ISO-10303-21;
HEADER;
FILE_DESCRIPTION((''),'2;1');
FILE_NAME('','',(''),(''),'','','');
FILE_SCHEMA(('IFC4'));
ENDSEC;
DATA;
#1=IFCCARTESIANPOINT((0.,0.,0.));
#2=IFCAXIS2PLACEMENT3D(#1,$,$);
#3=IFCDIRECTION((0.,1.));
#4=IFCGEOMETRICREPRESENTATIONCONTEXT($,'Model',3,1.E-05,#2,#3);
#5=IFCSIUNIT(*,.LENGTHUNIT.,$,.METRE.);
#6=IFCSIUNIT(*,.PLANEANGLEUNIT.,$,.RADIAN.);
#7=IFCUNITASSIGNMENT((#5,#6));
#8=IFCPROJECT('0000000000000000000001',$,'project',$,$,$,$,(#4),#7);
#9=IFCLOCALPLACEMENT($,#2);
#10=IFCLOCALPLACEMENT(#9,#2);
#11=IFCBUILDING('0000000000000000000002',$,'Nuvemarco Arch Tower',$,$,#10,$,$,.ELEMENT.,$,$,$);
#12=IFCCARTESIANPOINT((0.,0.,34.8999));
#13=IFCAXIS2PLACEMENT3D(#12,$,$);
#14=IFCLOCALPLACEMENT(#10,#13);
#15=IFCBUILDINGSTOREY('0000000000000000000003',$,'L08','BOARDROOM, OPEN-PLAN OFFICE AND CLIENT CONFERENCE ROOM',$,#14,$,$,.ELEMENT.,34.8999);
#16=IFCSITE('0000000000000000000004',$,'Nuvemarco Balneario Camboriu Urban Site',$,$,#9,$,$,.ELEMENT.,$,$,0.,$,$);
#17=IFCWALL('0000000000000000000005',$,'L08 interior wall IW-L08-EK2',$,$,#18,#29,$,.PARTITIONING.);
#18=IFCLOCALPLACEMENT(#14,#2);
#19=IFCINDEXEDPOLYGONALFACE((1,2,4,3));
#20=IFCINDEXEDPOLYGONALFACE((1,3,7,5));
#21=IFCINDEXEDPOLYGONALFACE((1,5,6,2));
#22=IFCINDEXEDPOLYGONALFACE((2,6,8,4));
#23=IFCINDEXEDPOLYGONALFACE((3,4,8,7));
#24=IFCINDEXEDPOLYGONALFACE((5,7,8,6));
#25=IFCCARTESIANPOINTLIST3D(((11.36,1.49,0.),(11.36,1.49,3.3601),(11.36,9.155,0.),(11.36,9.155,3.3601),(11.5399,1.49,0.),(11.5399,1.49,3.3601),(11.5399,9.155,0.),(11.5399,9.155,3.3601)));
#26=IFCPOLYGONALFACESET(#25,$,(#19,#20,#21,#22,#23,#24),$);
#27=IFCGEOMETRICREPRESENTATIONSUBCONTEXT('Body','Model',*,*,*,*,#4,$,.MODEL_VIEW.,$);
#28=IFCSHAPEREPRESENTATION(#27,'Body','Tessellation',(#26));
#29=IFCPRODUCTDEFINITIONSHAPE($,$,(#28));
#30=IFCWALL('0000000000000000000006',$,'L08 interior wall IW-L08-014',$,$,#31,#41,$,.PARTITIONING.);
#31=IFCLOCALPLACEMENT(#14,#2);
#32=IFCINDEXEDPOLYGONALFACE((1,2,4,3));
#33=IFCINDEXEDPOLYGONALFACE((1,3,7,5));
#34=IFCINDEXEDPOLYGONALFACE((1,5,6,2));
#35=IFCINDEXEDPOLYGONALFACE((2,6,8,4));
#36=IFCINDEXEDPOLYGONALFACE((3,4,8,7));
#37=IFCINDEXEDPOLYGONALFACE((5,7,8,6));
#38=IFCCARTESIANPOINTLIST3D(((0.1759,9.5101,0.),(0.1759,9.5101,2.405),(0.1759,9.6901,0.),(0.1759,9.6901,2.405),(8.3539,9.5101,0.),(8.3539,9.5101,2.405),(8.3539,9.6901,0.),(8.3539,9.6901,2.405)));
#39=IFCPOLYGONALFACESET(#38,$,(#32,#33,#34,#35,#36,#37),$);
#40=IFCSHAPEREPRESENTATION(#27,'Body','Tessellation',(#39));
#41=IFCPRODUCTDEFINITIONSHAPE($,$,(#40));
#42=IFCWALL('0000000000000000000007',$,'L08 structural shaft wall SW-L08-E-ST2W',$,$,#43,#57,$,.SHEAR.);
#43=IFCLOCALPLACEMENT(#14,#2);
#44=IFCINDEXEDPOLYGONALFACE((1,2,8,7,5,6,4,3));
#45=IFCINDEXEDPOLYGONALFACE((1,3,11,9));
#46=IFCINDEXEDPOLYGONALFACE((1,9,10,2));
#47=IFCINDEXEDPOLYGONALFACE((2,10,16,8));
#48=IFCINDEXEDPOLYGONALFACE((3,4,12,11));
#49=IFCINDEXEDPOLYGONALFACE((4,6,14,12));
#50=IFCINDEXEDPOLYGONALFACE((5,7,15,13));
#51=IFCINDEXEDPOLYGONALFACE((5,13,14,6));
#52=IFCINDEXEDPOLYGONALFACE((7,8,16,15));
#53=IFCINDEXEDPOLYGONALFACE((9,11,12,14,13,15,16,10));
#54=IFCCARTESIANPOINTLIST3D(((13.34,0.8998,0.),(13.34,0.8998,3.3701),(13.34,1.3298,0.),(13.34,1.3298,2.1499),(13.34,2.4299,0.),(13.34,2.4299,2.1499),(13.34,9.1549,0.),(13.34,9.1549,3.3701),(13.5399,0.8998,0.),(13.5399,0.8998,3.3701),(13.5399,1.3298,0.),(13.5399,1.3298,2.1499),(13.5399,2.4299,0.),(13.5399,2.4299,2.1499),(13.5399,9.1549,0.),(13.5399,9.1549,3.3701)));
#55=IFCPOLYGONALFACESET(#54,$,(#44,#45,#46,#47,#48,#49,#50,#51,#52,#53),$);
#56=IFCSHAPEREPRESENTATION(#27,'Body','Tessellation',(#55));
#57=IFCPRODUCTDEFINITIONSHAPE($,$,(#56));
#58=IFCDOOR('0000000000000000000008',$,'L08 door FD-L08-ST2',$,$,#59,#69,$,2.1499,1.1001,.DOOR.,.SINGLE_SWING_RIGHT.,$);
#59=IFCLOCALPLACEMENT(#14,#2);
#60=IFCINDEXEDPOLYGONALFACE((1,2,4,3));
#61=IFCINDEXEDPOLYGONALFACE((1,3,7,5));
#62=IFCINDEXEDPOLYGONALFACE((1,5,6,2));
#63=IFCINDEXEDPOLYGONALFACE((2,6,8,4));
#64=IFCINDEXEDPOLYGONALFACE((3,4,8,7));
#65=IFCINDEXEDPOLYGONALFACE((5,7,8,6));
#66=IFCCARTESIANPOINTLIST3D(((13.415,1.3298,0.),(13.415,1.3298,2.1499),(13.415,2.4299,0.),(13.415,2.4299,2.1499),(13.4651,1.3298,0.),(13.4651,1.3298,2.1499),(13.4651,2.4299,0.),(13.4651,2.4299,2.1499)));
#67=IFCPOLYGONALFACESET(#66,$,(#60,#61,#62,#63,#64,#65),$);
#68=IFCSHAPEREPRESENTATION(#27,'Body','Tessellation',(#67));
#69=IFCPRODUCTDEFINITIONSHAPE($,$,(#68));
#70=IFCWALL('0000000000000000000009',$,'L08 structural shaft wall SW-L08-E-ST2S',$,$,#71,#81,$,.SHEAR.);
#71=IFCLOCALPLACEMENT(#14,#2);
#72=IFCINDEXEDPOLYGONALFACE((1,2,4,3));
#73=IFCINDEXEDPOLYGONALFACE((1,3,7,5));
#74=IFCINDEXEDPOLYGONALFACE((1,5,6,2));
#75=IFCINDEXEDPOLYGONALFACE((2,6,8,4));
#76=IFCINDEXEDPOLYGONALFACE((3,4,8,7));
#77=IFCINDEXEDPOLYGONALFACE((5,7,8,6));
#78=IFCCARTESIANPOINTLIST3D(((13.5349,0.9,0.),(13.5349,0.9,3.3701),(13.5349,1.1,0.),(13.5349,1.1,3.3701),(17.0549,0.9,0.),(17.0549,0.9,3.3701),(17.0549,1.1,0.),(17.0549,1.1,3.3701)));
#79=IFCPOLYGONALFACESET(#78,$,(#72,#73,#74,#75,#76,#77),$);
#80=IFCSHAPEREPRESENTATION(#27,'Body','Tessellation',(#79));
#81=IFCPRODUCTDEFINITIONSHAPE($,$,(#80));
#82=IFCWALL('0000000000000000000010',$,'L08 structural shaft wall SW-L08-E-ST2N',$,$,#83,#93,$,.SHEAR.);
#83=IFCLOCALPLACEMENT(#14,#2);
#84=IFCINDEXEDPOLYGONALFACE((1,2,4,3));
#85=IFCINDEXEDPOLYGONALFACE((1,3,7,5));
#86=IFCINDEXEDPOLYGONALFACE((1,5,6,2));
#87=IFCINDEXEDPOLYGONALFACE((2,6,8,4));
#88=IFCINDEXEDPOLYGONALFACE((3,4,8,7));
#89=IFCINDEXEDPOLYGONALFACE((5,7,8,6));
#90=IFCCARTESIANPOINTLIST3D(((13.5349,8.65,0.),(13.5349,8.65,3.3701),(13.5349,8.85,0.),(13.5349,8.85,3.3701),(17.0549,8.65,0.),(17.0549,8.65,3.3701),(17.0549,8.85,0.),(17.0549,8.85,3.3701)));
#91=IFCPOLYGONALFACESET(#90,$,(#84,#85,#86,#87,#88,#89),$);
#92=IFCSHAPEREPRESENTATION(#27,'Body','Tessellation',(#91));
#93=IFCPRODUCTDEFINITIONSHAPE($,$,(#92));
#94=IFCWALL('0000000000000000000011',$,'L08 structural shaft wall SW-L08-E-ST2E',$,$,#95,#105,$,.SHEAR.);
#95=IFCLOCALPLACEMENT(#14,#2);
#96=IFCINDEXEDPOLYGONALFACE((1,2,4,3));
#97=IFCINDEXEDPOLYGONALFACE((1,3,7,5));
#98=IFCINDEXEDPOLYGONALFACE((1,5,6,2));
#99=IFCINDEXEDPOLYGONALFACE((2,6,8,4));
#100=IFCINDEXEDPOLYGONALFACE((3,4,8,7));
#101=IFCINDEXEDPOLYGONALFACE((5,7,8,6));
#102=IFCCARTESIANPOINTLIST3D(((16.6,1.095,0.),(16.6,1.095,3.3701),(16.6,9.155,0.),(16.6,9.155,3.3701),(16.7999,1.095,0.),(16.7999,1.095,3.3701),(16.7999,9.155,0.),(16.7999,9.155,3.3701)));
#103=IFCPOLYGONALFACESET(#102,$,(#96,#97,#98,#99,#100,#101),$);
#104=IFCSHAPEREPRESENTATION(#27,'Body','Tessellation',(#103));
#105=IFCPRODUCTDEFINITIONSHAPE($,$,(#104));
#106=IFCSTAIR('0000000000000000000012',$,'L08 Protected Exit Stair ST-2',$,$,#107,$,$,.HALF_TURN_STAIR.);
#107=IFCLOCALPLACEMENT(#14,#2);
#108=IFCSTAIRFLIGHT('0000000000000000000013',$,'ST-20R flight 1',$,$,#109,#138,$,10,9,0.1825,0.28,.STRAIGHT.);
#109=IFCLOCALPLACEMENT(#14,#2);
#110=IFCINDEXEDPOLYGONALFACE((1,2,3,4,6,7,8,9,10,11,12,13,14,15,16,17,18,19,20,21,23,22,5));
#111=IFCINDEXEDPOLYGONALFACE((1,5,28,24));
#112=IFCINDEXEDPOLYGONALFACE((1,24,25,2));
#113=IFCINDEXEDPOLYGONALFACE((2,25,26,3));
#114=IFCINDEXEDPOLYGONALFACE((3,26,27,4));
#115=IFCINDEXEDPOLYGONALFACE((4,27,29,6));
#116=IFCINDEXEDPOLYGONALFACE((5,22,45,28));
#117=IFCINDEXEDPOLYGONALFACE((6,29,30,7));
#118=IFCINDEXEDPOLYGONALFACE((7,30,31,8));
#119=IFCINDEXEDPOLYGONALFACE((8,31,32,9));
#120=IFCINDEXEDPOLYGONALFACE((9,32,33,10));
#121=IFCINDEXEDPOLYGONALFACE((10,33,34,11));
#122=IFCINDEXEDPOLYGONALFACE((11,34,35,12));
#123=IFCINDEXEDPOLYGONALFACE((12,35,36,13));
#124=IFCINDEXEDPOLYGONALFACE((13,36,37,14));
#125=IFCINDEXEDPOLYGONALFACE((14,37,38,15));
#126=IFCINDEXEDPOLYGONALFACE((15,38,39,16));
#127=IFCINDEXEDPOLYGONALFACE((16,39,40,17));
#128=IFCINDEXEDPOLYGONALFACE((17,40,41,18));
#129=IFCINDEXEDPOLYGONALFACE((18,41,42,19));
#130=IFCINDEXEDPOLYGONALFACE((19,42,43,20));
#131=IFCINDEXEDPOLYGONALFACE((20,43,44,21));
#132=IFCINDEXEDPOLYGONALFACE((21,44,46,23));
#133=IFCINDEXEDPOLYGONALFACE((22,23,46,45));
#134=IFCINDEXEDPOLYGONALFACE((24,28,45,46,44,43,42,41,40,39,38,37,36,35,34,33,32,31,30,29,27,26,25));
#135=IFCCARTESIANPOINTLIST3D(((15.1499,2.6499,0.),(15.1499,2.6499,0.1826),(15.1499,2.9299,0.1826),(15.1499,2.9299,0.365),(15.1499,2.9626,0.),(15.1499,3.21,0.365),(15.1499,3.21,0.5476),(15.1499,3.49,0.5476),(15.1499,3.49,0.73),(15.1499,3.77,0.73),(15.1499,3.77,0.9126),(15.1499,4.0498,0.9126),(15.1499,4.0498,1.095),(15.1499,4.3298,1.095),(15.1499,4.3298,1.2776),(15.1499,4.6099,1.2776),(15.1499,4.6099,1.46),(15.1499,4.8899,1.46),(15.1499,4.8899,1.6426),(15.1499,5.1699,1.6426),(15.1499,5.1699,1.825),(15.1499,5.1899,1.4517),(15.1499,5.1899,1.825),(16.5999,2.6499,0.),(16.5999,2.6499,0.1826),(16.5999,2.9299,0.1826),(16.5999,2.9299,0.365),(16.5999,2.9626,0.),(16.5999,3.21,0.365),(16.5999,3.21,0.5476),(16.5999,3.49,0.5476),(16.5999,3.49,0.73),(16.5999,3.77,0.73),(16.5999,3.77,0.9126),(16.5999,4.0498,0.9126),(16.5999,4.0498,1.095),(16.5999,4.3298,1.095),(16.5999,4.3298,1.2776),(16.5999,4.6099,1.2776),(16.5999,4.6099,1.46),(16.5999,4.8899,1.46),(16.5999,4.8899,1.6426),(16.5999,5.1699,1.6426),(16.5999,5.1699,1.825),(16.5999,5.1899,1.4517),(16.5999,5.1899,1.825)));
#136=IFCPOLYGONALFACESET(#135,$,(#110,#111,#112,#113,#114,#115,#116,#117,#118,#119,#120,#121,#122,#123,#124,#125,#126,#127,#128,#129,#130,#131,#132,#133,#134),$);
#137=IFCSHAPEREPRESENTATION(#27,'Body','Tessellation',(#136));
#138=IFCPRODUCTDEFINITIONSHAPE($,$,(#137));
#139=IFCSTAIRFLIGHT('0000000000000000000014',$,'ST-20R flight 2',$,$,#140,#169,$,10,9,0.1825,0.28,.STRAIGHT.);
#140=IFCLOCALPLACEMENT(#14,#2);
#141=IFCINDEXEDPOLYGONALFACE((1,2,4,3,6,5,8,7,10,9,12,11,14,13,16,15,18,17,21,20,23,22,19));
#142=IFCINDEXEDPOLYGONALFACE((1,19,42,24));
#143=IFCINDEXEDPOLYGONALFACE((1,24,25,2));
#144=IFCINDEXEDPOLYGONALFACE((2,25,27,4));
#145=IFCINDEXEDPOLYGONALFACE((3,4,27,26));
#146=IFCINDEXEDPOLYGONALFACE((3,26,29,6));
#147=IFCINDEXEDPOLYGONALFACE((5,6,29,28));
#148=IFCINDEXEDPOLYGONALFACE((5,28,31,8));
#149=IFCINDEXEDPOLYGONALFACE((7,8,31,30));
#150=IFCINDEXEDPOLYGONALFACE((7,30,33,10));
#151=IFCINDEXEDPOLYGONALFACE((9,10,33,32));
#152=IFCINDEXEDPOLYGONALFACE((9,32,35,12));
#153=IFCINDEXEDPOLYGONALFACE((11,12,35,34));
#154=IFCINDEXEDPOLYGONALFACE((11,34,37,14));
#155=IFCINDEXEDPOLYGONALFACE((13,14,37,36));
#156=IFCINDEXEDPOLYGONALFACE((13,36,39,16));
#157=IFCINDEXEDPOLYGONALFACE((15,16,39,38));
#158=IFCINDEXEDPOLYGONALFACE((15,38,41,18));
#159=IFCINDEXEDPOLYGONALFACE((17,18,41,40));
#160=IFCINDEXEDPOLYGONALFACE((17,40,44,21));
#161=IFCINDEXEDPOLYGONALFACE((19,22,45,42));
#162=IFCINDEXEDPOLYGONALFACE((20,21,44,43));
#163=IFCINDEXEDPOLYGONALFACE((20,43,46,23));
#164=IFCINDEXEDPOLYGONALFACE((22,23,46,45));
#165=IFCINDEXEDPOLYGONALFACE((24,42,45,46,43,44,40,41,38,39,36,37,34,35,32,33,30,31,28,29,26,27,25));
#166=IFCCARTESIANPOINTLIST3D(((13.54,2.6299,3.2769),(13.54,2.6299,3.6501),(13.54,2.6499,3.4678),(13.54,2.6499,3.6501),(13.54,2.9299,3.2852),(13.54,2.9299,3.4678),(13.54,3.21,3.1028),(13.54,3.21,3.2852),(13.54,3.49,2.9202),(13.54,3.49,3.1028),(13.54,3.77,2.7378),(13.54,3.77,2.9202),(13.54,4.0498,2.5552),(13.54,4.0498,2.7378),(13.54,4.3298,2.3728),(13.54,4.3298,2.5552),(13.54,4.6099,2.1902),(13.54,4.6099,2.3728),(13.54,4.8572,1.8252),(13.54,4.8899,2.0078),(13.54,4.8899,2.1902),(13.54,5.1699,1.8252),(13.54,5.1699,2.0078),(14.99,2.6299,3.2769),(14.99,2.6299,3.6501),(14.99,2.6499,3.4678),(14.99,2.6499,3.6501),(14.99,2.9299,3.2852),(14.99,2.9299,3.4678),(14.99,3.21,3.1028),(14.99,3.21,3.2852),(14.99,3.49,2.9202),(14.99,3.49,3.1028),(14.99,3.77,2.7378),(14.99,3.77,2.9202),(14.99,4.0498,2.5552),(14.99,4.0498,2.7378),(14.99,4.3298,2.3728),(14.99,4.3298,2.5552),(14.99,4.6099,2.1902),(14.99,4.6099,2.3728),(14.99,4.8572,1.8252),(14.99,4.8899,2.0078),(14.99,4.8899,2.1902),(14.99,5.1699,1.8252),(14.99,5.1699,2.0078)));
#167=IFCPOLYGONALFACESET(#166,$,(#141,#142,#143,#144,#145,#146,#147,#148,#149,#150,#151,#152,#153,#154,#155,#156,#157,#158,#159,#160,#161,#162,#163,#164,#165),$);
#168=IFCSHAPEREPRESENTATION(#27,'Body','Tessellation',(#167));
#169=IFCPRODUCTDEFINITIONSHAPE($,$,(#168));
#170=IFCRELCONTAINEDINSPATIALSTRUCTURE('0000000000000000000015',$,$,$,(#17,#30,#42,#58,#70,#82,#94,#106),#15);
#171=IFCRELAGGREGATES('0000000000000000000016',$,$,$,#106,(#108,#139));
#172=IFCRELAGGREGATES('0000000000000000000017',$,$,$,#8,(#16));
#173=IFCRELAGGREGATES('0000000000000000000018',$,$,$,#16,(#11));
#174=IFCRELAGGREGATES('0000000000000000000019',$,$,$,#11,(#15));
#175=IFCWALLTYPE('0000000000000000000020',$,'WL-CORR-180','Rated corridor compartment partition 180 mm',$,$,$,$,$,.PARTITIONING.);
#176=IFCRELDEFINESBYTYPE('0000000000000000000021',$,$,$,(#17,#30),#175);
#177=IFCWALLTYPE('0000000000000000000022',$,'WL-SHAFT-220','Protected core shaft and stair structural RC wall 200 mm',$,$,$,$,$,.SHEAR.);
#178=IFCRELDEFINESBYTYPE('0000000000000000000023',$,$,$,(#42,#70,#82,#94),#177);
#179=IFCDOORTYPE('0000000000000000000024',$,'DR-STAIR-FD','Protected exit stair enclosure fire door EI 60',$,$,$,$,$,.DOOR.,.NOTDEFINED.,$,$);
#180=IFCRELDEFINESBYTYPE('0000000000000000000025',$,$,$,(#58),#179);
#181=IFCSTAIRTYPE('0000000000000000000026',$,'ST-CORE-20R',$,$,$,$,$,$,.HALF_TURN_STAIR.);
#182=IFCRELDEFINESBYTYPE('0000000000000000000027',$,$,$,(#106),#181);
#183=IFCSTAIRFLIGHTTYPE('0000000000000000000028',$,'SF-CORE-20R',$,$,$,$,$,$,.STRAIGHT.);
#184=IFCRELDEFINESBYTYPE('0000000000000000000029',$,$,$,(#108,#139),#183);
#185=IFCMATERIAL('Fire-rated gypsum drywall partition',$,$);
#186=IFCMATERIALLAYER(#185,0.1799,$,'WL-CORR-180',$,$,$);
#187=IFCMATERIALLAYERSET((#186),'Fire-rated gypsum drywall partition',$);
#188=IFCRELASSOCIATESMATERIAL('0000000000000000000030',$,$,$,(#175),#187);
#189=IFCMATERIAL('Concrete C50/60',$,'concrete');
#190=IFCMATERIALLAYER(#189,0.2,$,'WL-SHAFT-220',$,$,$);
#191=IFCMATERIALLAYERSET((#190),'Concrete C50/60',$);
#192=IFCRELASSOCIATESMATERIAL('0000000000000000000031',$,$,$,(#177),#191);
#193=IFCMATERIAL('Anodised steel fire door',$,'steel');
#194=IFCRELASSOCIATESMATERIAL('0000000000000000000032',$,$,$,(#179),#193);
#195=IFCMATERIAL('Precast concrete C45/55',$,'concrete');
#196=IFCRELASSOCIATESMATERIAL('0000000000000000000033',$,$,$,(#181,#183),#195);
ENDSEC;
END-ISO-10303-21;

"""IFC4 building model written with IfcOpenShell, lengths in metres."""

from ifc_helpers import new_model, si_unit, direction, frame, frame_2d, origin, place, context, subcontext, project, spatial, polyline, rectangle, outline, extrude, source, transform, mapped, material, layer, layer_set, type_object, type_shapes, element, fill, aggregate, save


model = new_model("IFC4")

# Units and contexts
model_context = context("Model", 3, precision=1e-05, world=origin(), true_north=direction((0.0, 1.0)))
body_context = subcontext(model_context, "Body", "Model", "MODEL_VIEW")
ifc_project = project(units=[si_unit("LENGTHUNIT", "METRE"), si_unit("PLANEANGLEUNIT", "RADIAN")], contexts=[model_context])

# Site, building, storey
site_placement = place(None, origin())
site = spatial("IfcSite", under=ifc_project, at=site_placement, Name="Nuvemarco Balneario Camboriu Urban Site", CompositionType="ELEMENT", RefElevation=0.0)
building_placement = place(site_placement, origin())
building = spatial("IfcBuilding", under=site, at=building_placement, Name="Nuvemarco Arch Tower", CompositionType="ELEMENT")
storey_placement = place(building_placement, frame((0.0, 0.0, 34.8999)))
storey = spatial("IfcBuildingStorey", under=building, at=storey_placement, Name="L08", Description="BOARDROOM, OPEN-PLAN OFFICE AND CLIENT CONFERENCE ROOM", CompositionType="ELEMENT", Elevation=34.8999)

# Shared definitions
ifc_material_1 = material(Name="Precast concrete C45/55", Category="concrete")

# Shared definitions
ifc_material_2 = material(Name="Fire-rated gypsum drywall partition")
ifc_layer_1 = layer(ifc_material_2, 0.1799, Name="WL-CORR-180")
ifc_layer_set_1 = layer_set([ifc_layer_1], Name="Fire-rated gypsum drywall partition")
wall_type_1 = type_object("IfcWallType", Name="WL-CORR-180", Description="Rated corridor compartment partition 180 mm", PredefinedType="PARTITIONING", material=ifc_layer_set_1)
ifc_material_3 = material(Name="Anodised steel fire door", Category="steel")

# Walls
wall_1_placement = place(storey_placement, frame((11.45, 1.49, 0.0), z_axis=(0.0, 0.0, 1.0), x_axis=(0.0, 1.0, 0.0)))
element("IfcWall", 1, at=wall_1_placement, inside=storey, type_object=wall_type_1, Name="L08 interior wall IW-L08-EK2", PredefinedType="PARTITIONING", context=body_context, shape_type="SweptSolid", body=[
    extrude(rectangle(XDim=7.665, YDim=0.1799, at=frame_2d((3.8325, 0.0))), origin(), (0.0, 0.0, 1.0), 3.3601),
])
wall_2_placement = place(storey_placement, frame((0.176, 9.6001, 0.0), z_axis=(0.0, 0.0, 1.0), x_axis=(1.0, 0.0, 0.0)))
element("IfcWall", 2, at=wall_2_placement, inside=storey, type_object=wall_type_1, Name="L08 interior wall IW-L08-014", PredefinedType="PARTITIONING", context=body_context, shape_type="SweptSolid", body=[
    extrude(rectangle(XDim=8.178, YDim=0.1799, at=frame_2d((4.0889, 0.0))), origin(), (0.0, 0.0, 1.0), 2.405),
])

# Wall, opening, door
ifc_material_4 = material(Name="Concrete C50/60", Category="concrete")
ifc_layer_2 = layer(ifc_material_4, 0.2, Name="WL-SHAFT-220")
ifc_layer_set_2 = layer_set([ifc_layer_2], Name="Concrete C50/60")
wall_type_2 = type_object("IfcWallType", Name="WL-SHAFT-220", Description="Protected core shaft and stair structural RC wall 200 mm", PredefinedType="SHEAR", material=ifc_layer_set_2)
wall_3_placement = place(storey_placement, frame((13.4399, 0.8999, 0.0), z_axis=(0.0, 0.0, 1.0), x_axis=(0.0, 1.0, 0.0)))
wall_3 = element("IfcWall", 3, at=wall_3_placement, inside=storey, type_object=wall_type_2, Name="L08 structural shaft wall SW-L08-E-ST2W", PredefinedType="SHEAR", context=body_context, shape_type="SweptSolid", body=[
    extrude(rectangle(XDim=8.2551, YDim=0.2, at=frame_2d((4.1274, 0.0))), origin(), (0.0, 0.0, 1.0), 3.3701),
])
opening_1_placement = place(wall_3_placement, frame((0.4299, 0.0, 0.0)))
opening_1 = element("IfcOpeningElement", 4, at=opening_1_placement, cuts=wall_3, PredefinedType="OPENING", context=body_context, shape_type="SweptSolid", body=[
    extrude(rectangle(XDim=1.1001, YDim=2.1499, at=frame_2d((0.55, 1.075))), frame((0.0, 0.1099, 0.0), z_axis=(0.0, -1.0, 0.0), x_axis=(1.0, 0.0, 0.0)), (0.0, 0.0, 1.0), 0.22),
])
door_type_1 = type_object("IfcDoorType", Name="DR-STAIR-FD", Description="Protected exit stair enclosure fire door EI 60", OperationType="NOTDEFINED", PredefinedType="DOOR", material=ifc_material_3)
shared_shape_1 = source(origin(), body_context, "Body", "SweptSolid", [
    extrude(rectangle(XDim=1.1001, YDim=2.1499, at=frame_2d((0.55, 1.075))), frame((0.0, 0.0249, 0.0), z_axis=(0.0, -1.0, 0.0), x_axis=(1.0, 0.0, 0.0)), (0.0, 0.0, 1.0), 0.05),
])
type_shapes(door_type_1, [shared_shape_1])
door_1_placement = place(opening_1_placement, origin())
door_1 = element("IfcDoor", 5, at=door_1_placement, inside=storey, type_object=door_type_1, Name="L08 door FD-L08-ST2", OperationType="SINGLE_SWING_RIGHT", OverallHeight=2.1499, OverallWidth=1.1001, PredefinedType="DOOR", context=body_context, shape_type="MappedRepresentation", body=[
    mapped(shared_shape_1, transform((0.0, 0.0, 0.0), scale=1.0)),
])
fill(opening_1, door_1)

# Walls
for number, where, z_axis, x_axis, name in (
    (6, (13.5349, 1.0, 0.0), (0.0, 0.0, 1.0), (1.0, 0.0, 0.0), "L08 structural shaft wall SW-L08-E-ST2S"),
    (7, (13.5349, 8.75, 0.0), (0.0, 0.0, 1.0), (1.0, 0.0, 0.0), "L08 structural shaft wall SW-L08-E-ST2N"),
):
    element("IfcWall", number, at=place(storey_placement, frame(where, z_axis=z_axis, x_axis=x_axis)), inside=storey, type_object=wall_type_2, Name=name, PredefinedType="SHEAR", context=body_context, shape_type="SweptSolid", body=[
        extrude(rectangle(XDim=3.52, YDim=0.2, at=frame_2d((1.76, 0.0))), origin(), (0.0, 0.0, 1.0), 3.3701),
    ])
wall_4_placement = place(storey_placement, frame((16.7, 1.095, 0.0), z_axis=(0.0, 0.0, 1.0), x_axis=(0.0, 1.0, 0.0)))
element("IfcWall", 8, at=wall_4_placement, inside=storey, type_object=wall_type_2, Name="L08 structural shaft wall SW-L08-E-ST2E", PredefinedType="SHEAR", context=body_context, shape_type="SweptSolid", body=[
    extrude(rectangle(XDim=8.0601, YDim=0.2, at=frame_2d((4.03, 0.0))), origin(), (0.0, 0.0, 1.0), 3.3701),
])

# Stair, stair flights
stair_type = type_object("IfcStairType", Name="ST-CORE-20R", PredefinedType="HALF_TURN_STAIR", material=ifc_material_1)
stair_placement = place(storey_placement, origin())
stair = element("IfcStair", 9, at=stair_placement, inside=storey, type_object=stair_type, Name="L08 Protected Exit Stair ST-2", PredefinedType="HALF_TURN_STAIR")
stair_flight_type = type_object("IfcStairFlightType", Name="SF-CORE-20R", PredefinedType="STRAIGHT", material=ifc_material_1)
stair_flight_1_placement = place(storey_placement, frame((15.875, 2.6499, 0.0), z_axis=(0.0, 0.0, 1.0), x_axis=(0.0, 1.0, 0.0)))
stair_flight_1 = element("IfcStairFlight", 10, at=stair_flight_1_placement, type_object=stair_flight_type, Name="ST-20R flight 1", NumberOfRisers=10, NumberOfTreads=9, PredefinedType="STRAIGHT", RiserHeight=0.1825, TreadLength=0.28, context=body_context, shape_type="SweptSolid", body=[
    extrude(outline(polyline([(0.0, 0.0), (0.0, 0.1826), (0.28, 0.1826), (0.28, 0.365), (0.5601, 0.365), (0.5601, 0.5476), (0.8401, 0.5476), (0.8401, 0.73), (1.1201, 0.73), (1.1201, 0.9126), (1.3999, 0.9126), (1.3999, 1.095), (1.6799, 1.095), (1.6799, 1.2776), (1.96, 1.2776), (1.96, 1.46), (2.24, 1.46), (2.24, 1.6426), (2.52, 1.6426), (2.52, 1.825), (2.54, 1.825), (2.54, 1.4517), (0.3127, 0.0), (0.0, 0.0)])), frame((0.0, 0.7251, 0.0), z_axis=(0.0, -1.0, 0.0), x_axis=(1.0, 0.0, 0.0)), (0.0, 0.0, 1.0), 1.45),
])
stair_flight_2_placement = place(storey_placement, frame((14.2649, 5.1699, 1.8252), z_axis=(0.0, 0.0, 1.0), x_axis=(0.0, -1.0, 0.0)))
stair_flight_2 = element("IfcStairFlight", 11, at=stair_flight_2_placement, type_object=stair_flight_type, Name="ST-20R flight 2", NumberOfRisers=10, NumberOfTreads=9, PredefinedType="STRAIGHT", RiserHeight=0.1825, TreadLength=0.28, context=body_context, shape_type="SweptSolid", body=[
    extrude(outline(polyline([(0.0, 0.0), (0.0, 0.1826), (0.28, 0.1826), (0.28, 0.365), (0.5601, 0.365), (0.5601, 0.5476), (0.8401, 0.5476), (0.8401, 0.73), (1.1201, 0.73), (1.1201, 0.9126), (1.3999, 0.9126), (1.3999, 1.095), (1.6799, 1.095), (1.6799, 1.2776), (1.96, 1.2776), (1.96, 1.46), (2.24, 1.46), (2.24, 1.6426), (2.52, 1.6426), (2.52, 1.825), (2.54, 1.825), (2.54, 1.4517), (0.3127, 0.0), (0.0, 0.0)])), frame((0.0, 0.7251, 0.0), z_axis=(0.0, -1.0, 0.0), x_axis=(1.0, 0.0, 0.0)), (0.0, 0.0, 1.0), 1.45),
])
aggregate(stair, [stair_flight_1, stair_flight_2])

save(model, "model.ifc")
